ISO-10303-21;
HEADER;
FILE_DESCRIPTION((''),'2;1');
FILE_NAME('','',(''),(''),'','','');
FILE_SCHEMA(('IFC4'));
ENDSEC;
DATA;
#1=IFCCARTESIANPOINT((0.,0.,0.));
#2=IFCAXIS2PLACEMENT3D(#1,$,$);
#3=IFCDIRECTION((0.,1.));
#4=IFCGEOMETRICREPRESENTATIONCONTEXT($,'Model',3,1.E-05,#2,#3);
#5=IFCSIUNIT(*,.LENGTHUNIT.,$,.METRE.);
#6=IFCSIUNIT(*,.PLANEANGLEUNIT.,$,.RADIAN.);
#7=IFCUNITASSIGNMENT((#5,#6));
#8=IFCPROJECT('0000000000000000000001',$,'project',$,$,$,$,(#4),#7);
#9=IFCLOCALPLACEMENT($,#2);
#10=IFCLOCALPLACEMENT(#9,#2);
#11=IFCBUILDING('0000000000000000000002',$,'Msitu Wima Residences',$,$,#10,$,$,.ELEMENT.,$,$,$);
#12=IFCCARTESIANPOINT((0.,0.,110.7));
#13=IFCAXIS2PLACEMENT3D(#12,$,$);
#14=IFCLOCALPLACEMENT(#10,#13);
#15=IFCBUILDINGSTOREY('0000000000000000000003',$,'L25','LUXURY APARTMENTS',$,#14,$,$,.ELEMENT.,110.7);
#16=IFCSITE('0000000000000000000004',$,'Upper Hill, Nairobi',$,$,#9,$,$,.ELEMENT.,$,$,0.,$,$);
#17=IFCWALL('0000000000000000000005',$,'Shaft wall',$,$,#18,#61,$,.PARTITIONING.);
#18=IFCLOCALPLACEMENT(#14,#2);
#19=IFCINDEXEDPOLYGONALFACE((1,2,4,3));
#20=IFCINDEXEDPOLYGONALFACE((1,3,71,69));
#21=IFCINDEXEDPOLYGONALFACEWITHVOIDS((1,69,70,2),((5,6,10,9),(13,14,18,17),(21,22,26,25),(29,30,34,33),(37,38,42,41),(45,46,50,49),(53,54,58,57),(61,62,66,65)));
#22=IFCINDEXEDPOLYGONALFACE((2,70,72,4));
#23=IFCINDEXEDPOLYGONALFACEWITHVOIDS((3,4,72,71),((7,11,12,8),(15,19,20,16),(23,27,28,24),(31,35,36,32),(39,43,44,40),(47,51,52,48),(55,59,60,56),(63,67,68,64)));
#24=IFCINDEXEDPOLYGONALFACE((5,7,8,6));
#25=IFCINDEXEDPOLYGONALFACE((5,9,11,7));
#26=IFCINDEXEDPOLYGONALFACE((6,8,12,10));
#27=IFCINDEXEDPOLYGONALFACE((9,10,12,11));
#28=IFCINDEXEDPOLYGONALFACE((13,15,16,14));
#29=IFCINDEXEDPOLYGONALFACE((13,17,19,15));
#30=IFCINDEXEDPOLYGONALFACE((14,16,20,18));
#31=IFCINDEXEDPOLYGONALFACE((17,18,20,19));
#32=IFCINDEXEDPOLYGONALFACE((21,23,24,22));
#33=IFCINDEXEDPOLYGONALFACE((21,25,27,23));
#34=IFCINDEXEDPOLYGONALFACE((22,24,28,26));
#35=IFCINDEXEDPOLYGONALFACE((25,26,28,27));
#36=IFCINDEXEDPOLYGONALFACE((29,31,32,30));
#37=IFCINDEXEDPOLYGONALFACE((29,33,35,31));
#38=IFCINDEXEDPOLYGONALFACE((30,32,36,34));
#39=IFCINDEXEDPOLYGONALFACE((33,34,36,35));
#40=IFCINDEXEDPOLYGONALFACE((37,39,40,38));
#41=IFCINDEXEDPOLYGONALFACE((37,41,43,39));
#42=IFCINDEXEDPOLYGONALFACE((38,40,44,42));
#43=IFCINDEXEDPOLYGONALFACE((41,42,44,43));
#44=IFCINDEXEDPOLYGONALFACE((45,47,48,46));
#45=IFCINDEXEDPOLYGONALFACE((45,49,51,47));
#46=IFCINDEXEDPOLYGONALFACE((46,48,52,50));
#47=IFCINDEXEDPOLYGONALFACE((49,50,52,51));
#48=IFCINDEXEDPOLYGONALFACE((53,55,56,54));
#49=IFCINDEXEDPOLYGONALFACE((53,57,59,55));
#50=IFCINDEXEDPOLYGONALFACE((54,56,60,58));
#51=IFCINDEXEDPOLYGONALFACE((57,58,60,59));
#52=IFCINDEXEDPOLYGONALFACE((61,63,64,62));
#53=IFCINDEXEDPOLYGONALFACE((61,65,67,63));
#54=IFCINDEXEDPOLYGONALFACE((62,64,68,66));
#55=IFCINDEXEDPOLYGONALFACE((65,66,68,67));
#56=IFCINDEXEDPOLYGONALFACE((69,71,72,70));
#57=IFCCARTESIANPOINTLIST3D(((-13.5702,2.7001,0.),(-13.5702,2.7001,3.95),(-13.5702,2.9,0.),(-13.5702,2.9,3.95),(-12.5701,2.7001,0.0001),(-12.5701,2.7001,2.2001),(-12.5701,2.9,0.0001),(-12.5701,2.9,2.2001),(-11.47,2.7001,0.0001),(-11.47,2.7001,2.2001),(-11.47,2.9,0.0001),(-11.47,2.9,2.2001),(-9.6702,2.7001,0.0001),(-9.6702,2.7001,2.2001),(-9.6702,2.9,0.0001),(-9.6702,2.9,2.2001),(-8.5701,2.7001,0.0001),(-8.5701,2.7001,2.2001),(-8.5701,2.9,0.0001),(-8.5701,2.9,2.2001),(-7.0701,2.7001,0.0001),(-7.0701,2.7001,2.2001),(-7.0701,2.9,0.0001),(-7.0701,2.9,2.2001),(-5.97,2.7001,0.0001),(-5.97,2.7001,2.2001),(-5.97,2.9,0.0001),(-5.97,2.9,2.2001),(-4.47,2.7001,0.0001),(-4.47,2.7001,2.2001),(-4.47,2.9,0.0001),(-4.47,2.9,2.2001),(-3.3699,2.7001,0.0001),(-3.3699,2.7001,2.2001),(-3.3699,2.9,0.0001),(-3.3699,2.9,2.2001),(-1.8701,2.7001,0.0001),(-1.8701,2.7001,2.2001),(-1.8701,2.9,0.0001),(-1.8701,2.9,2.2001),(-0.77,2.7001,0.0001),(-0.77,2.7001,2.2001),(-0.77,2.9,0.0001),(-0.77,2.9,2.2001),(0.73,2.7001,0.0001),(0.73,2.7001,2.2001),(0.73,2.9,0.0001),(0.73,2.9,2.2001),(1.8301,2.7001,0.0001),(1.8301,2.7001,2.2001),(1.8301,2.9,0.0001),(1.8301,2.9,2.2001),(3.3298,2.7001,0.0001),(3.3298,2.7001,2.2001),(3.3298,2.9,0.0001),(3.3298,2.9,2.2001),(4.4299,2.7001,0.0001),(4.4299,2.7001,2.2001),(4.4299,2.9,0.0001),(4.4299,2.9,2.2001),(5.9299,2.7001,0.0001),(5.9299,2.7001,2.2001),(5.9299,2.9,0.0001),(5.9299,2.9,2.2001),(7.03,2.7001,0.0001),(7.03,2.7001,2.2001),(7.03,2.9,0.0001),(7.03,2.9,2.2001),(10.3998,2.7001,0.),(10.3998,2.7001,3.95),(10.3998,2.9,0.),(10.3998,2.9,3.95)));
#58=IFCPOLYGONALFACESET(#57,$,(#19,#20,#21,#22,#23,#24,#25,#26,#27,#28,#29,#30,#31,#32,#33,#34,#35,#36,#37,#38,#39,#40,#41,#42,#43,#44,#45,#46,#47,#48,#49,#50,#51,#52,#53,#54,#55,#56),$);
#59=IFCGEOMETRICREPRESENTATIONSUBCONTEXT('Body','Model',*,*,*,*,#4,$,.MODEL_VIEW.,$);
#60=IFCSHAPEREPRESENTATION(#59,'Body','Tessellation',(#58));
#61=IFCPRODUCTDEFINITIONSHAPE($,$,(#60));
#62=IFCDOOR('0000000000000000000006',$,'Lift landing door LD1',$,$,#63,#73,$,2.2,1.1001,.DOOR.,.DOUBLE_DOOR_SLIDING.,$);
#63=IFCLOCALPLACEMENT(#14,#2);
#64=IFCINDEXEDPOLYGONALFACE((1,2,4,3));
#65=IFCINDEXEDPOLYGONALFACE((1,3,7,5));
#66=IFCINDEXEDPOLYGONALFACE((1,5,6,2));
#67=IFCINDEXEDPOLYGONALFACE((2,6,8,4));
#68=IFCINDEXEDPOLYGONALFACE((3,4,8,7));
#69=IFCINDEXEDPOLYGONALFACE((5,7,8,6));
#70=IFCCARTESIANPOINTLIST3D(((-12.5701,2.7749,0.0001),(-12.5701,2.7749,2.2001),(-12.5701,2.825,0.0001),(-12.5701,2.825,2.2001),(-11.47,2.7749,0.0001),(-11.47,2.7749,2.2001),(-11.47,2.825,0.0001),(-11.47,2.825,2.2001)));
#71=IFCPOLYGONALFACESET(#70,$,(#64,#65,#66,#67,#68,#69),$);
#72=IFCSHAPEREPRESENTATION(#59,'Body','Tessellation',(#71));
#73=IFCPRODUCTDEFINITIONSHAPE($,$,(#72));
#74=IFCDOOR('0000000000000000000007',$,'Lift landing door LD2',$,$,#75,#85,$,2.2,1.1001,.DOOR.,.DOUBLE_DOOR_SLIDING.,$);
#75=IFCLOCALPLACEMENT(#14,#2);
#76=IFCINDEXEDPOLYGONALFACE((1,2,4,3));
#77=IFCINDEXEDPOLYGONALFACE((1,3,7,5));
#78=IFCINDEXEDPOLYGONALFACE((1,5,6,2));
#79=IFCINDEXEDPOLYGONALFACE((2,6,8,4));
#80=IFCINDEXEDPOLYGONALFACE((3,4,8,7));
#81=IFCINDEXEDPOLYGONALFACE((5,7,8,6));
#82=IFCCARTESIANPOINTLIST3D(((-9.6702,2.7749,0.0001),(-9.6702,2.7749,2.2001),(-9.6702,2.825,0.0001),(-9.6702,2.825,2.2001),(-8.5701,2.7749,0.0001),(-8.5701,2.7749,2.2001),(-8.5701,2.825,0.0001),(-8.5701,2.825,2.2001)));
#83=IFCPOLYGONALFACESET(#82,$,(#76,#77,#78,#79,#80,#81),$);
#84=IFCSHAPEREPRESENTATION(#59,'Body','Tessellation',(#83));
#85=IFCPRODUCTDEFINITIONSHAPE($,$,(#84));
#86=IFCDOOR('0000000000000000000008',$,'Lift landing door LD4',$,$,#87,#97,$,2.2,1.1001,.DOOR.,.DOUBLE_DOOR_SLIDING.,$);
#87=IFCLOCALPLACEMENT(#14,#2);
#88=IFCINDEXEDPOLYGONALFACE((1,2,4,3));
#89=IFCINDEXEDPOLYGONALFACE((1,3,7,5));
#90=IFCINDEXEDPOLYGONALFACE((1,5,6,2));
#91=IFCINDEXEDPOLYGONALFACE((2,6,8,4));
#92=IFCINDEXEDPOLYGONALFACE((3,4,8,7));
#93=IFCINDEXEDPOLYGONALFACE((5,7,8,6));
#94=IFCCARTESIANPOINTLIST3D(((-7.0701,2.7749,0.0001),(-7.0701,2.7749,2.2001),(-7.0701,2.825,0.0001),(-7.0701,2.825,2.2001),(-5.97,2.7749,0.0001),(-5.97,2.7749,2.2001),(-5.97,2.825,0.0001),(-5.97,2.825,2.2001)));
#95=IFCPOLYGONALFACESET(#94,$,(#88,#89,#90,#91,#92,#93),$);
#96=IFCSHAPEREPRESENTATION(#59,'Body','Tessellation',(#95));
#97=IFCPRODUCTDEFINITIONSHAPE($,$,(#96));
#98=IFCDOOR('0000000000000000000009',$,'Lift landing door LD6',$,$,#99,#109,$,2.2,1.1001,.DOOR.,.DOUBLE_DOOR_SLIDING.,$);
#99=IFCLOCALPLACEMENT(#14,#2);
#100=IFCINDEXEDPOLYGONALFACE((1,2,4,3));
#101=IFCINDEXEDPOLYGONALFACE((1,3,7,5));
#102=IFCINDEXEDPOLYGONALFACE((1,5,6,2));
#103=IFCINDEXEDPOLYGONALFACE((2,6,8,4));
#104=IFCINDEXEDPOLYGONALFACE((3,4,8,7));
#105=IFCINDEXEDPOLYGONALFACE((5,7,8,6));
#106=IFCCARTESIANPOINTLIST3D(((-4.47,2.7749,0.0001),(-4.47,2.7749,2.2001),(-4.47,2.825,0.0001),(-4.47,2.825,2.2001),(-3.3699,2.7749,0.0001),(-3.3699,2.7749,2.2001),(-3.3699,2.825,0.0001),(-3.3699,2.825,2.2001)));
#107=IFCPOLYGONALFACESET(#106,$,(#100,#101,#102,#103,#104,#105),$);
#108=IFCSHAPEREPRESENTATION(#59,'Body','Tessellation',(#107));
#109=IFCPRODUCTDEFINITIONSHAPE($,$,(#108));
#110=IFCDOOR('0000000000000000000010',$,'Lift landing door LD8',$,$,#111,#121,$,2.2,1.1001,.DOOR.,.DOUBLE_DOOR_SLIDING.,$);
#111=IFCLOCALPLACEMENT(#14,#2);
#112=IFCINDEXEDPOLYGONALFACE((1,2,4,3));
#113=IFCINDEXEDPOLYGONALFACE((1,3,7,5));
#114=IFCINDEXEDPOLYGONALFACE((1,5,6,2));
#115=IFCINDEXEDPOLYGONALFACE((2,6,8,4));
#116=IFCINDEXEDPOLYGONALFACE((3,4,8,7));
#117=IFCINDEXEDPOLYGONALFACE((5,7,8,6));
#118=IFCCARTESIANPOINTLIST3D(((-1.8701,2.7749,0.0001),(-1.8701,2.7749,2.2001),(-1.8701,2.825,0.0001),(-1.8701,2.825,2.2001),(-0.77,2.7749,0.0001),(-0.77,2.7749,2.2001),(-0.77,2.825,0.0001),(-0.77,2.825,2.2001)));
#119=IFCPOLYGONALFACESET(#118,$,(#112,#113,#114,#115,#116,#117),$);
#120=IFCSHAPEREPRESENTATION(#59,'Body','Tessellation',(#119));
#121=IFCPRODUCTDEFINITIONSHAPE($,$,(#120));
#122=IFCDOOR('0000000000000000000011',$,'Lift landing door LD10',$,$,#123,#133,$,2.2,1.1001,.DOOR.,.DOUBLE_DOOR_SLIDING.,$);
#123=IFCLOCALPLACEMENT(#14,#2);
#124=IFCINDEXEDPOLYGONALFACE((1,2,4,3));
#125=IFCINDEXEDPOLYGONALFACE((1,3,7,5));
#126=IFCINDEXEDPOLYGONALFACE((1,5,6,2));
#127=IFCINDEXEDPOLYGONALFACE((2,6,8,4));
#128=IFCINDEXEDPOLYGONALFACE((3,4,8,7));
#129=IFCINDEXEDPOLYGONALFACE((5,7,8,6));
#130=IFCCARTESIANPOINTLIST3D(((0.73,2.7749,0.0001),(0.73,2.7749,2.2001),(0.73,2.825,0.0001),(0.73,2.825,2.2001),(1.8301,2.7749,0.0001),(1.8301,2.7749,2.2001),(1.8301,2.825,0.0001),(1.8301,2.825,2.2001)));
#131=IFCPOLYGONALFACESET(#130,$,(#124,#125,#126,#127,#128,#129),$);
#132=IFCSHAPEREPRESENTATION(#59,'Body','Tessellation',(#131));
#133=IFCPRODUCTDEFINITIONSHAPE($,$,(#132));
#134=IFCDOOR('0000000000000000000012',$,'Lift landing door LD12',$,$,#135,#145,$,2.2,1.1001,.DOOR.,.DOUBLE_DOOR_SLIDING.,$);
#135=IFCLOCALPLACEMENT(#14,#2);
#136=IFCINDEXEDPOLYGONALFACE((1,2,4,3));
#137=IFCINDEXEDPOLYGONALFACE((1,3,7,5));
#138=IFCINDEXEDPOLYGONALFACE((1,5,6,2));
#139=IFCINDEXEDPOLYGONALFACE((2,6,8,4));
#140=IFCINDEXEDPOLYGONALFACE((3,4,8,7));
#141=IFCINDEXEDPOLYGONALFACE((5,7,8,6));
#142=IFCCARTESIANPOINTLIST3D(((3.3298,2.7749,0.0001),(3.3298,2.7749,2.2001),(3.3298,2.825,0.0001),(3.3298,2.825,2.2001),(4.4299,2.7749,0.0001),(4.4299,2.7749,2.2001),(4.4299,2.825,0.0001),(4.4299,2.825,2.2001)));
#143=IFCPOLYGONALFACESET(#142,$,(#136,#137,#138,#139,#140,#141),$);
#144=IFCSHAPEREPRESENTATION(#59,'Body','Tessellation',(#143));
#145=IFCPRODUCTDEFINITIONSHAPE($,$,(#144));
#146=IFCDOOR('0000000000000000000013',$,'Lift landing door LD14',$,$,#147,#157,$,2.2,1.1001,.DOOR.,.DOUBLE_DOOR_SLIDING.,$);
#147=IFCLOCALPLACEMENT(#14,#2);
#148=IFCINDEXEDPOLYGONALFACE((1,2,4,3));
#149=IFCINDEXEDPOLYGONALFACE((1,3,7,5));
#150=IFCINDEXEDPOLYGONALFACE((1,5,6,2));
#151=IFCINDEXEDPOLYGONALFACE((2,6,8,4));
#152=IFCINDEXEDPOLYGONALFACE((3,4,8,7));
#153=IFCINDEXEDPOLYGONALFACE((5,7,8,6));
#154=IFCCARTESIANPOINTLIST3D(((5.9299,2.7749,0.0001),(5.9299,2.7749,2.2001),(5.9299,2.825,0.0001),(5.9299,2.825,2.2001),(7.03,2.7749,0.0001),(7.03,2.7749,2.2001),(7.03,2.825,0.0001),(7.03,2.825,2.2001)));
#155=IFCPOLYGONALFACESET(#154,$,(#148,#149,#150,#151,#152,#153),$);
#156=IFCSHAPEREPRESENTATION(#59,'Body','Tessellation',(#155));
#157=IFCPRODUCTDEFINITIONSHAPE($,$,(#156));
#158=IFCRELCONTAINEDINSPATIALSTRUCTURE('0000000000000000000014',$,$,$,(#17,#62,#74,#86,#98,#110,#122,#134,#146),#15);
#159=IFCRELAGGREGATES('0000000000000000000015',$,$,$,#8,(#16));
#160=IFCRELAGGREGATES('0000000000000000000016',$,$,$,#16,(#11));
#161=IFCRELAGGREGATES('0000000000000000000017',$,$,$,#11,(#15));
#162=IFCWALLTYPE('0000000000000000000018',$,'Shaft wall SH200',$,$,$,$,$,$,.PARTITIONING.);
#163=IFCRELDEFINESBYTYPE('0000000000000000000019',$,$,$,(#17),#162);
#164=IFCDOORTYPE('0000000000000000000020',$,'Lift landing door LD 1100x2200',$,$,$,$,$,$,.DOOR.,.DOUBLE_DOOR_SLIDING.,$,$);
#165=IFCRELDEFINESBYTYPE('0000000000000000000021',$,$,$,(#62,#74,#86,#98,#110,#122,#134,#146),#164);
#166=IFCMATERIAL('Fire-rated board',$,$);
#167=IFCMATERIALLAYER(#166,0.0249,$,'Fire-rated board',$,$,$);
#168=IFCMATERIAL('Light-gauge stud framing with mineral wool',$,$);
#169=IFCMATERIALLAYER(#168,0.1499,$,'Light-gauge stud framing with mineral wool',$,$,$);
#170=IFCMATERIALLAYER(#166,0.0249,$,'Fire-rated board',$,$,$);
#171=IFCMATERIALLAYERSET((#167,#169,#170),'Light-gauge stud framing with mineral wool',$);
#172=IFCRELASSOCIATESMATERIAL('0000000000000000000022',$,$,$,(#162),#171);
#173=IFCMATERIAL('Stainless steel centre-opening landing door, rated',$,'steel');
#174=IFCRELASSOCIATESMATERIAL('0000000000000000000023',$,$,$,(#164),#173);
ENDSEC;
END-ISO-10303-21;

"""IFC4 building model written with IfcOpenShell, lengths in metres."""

from ifc_helpers import new_model, si_unit, direction, frame, frame_2d, origin, place, context, subcontext, project, spatial, rectangle, extrude, material, layer, layer_set, type_object, element, fill, save


model = new_model("IFC4")

# Units and contexts
model_context = context("Model", 3, precision=1e-05, world=origin(), true_north=direction((0.0, 1.0)))
body_context = subcontext(model_context, "Body", "Model", "MODEL_VIEW")
ifc_project = project(units=[si_unit("LENGTHUNIT", "METRE"), si_unit("PLANEANGLEUNIT", "RADIAN")], contexts=[model_context])

# Site, building, storey
site_placement = place(None, origin())
site = spatial("IfcSite", under=ifc_project, at=site_placement, Name="Upper Hill, Nairobi", CompositionType="ELEMENT", RefElevation=0.0)
building_placement = place(site_placement, origin())
building = spatial("IfcBuilding", under=site, at=building_placement, Name="Msitu Wima Residences", CompositionType="ELEMENT")
storey_placement = place(building_placement, frame((0.0, 0.0, 110.7)))
storey = spatial("IfcBuildingStorey", under=building, at=storey_placement, Name="L25", Description="LUXURY APARTMENTS", CompositionType="ELEMENT", Elevation=110.7)

# Wall, openings, doors
ifc_material_1 = material(Name="Fire-rated board")
ifc_layer_1 = layer(ifc_material_1, 0.0249, Name="Fire-rated board")
ifc_material_2 = material(Name="Light-gauge stud framing with mineral wool")
ifc_layer_2 = layer(ifc_material_2, 0.1499, Name="Light-gauge stud framing with mineral wool")
ifc_layer_3 = layer(ifc_material_1, 0.0249, Name="Fire-rated board")
ifc_layer_set_1 = layer_set([ifc_layer_1, ifc_layer_2, ifc_layer_3], Name="Light-gauge stud framing with mineral wool")
wall_type_1 = type_object("IfcWallType", Name="Shaft wall SH200", PredefinedType="PARTITIONING", material=ifc_layer_set_1)
wall_1_placement = place(storey_placement, frame((-13.5701, 2.8, 0.0), z_axis=(0.0, 0.0, 1.0), x_axis=(1.0, 0.0, 0.0)))
wall_1 = element("IfcWall", 1, at=wall_1_placement, inside=storey, type_object=wall_type_1, Name="Shaft wall", PredefinedType="PARTITIONING", context=body_context, shape_type="SweptSolid", body=[
    extrude(rectangle(XDim=23.97, YDim=0.2, at=frame_2d((11.9849, 0.0))), origin(), (0.0, 0.0, 1.0), 3.95),
])
opening_1_placement = place(wall_1_placement, frame((1.0, 0.0, 0.0)))
opening_1 = element("IfcOpeningElement", 2, at=opening_1_placement, cuts=wall_1, PredefinedType="OPENING", context=body_context, shape_type="SweptSolid", body=[
    extrude(rectangle(XDim=1.1001, YDim=2.2, at=frame_2d((0.55, 1.1001))), frame((0.0, 0.1099, 0.0), z_axis=(0.0, -1.0, 0.0), x_axis=(1.0, 0.0, 0.0)), (0.0, 0.0, 1.0), 0.22),
])
opening_2_placement = place(wall_1_placement, frame((3.8999, 0.0, 0.0)))
opening_2 = element("IfcOpeningElement", 3, at=opening_2_placement, cuts=wall_1, PredefinedType="OPENING", context=body_context, shape_type="SweptSolid", body=[
    extrude(rectangle(XDim=1.1001, YDim=2.2, at=frame_2d((0.55, 1.1001))), frame((0.0, 0.1099, 0.0), z_axis=(0.0, -1.0, 0.0), x_axis=(1.0, 0.0, 0.0)), (0.0, 0.0, 1.0), 0.22),
])
opening_3_placement = place(wall_1_placement, frame((6.5, 0.0, 0.0)))
opening_3 = element("IfcOpeningElement", 4, at=opening_3_placement, cuts=wall_1, PredefinedType="OPENING", context=body_context, shape_type="SweptSolid", body=[
    extrude(rectangle(XDim=1.1001, YDim=2.2, at=frame_2d((0.55, 1.1001))), frame((0.0, 0.1099, 0.0), z_axis=(0.0, -1.0, 0.0), x_axis=(1.0, 0.0, 0.0)), (0.0, 0.0, 1.0), 0.22),
])
opening_4_placement = place(wall_1_placement, frame((9.1001, 0.0, 0.0)))
opening_4 = element("IfcOpeningElement", 5, at=opening_4_placement, cuts=wall_1, PredefinedType="OPENING", context=body_context, shape_type="SweptSolid", body=[
    extrude(rectangle(XDim=1.1001, YDim=2.2, at=frame_2d((0.55, 1.1001))), frame((0.0, 0.1099, 0.0), z_axis=(0.0, -1.0, 0.0), x_axis=(1.0, 0.0, 0.0)), (0.0, 0.0, 1.0), 0.22),
])
opening_5_placement = place(wall_1_placement, frame((11.7, 0.0, 0.0)))
opening_5 = element("IfcOpeningElement", 6, at=opening_5_placement, cuts=wall_1, PredefinedType="OPENING", context=body_context, shape_type="SweptSolid", body=[
    extrude(rectangle(XDim=1.1001, YDim=2.2, at=frame_2d((0.55, 1.1001))), frame((0.0, 0.1099, 0.0), z_axis=(0.0, -1.0, 0.0), x_axis=(1.0, 0.0, 0.0)), (0.0, 0.0, 1.0), 0.22),
])
opening_6_placement = place(wall_1_placement, frame((14.3, 0.0, 0.0)))
opening_6 = element("IfcOpeningElement", 7, at=opening_6_placement, cuts=wall_1, PredefinedType="OPENING", context=body_context, shape_type="SweptSolid", body=[
    extrude(rectangle(XDim=1.1001, YDim=2.2, at=frame_2d((0.55, 1.1001))), frame((0.0, 0.1099, 0.0), z_axis=(0.0, -1.0, 0.0), x_axis=(1.0, 0.0, 0.0)), (0.0, 0.0, 1.0), 0.22),
])
opening_7_placement = place(wall_1_placement, frame((16.8999, 0.0, 0.0)))
opening_7 = element("IfcOpeningElement", 8, at=opening_7_placement, cuts=wall_1, PredefinedType="OPENING", context=body_context, shape_type="SweptSolid", body=[
    extrude(rectangle(XDim=1.1001, YDim=2.2, at=frame_2d((0.55, 1.1001))), frame((0.0, 0.1099, 0.0), z_axis=(0.0, -1.0, 0.0), x_axis=(1.0, 0.0, 0.0)), (0.0, 0.0, 1.0), 0.22),
])
opening_8_placement = place(wall_1_placement, frame((19.5, 0.0, 0.0)))
opening_8 = element("IfcOpeningElement", 9, at=opening_8_placement, cuts=wall_1, PredefinedType="OPENING", context=body_context, shape_type="SweptSolid", body=[
    extrude(rectangle(XDim=1.1001, YDim=2.2, at=frame_2d((0.55, 1.1001))), frame((0.0, 0.1099, 0.0), z_axis=(0.0, -1.0, 0.0), x_axis=(1.0, 0.0, 0.0)), (0.0, 0.0, 1.0), 0.22),
])
ifc_material_3 = material(Name="Stainless steel centre-opening landing door, rated", Category="steel")
door_type_1 = type_object("IfcDoorType", Name="Lift landing door LD 1100x2200", OperationType="DOUBLE_DOOR_SLIDING", PredefinedType="DOOR", material=ifc_material_3)
door_1_placement = place(opening_1_placement, origin())
door_1 = element("IfcDoor", 10, at=door_1_placement, inside=storey, type_object=door_type_1, Name="Lift landing door LD1", OperationType="DOUBLE_DOOR_SLIDING", OverallHeight=2.2, OverallWidth=1.1001, PredefinedType="DOOR", context=body_context, shape_type="SweptSolid", body=[
    extrude(rectangle(XDim=1.1001, YDim=2.2, at=frame_2d((0.55, 1.1001))), frame((0.0, 0.0249, 0.0), z_axis=(0.0, -1.0, 0.0), x_axis=(1.0, 0.0, 0.0)), (0.0, 0.0, 1.0), 0.05),
])
fill(opening_1, door_1)
door_2_placement = place(opening_2_placement, origin())
door_2 = element("IfcDoor", 11, at=door_2_placement, inside=storey, type_object=door_type_1, Name="Lift landing door LD2", OperationType="DOUBLE_DOOR_SLIDING", OverallHeight=2.2, OverallWidth=1.1001, PredefinedType="DOOR", context=body_context, shape_type="SweptSolid", body=[
    extrude(rectangle(XDim=1.1001, YDim=2.2, at=frame_2d((0.55, 1.1001))), frame((0.0, 0.0249, 0.0), z_axis=(0.0, -1.0, 0.0), x_axis=(1.0, 0.0, 0.0)), (0.0, 0.0, 1.0), 0.05),
])
fill(opening_2, door_2)
door_3_placement = place(opening_3_placement, origin())
door_3 = element("IfcDoor", 12, at=door_3_placement, inside=storey, type_object=door_type_1, Name="Lift landing door LD4", OperationType="DOUBLE_DOOR_SLIDING", OverallHeight=2.2, OverallWidth=1.1001, PredefinedType="DOOR", context=body_context, shape_type="SweptSolid", body=[
    extrude(rectangle(XDim=1.1001, YDim=2.2, at=frame_2d((0.55, 1.1001))), frame((0.0, 0.0249, 0.0), z_axis=(0.0, -1.0, 0.0), x_axis=(1.0, 0.0, 0.0)), (0.0, 0.0, 1.0), 0.05),
])
fill(opening_3, door_3)
door_4_placement = place(opening_4_placement, origin())
door_4 = element("IfcDoor", 13, at=door_4_placement, inside=storey, type_object=door_type_1, Name="Lift landing door LD6", OperationType="DOUBLE_DOOR_SLIDING", OverallHeight=2.2, OverallWidth=1.1001, PredefinedType="DOOR", context=body_context, shape_type="SweptSolid", body=[
    extrude(rectangle(XDim=1.1001, YDim=2.2, at=frame_2d((0.55, 1.1001))), frame((0.0, 0.0249, 0.0), z_axis=(0.0, -1.0, 0.0), x_axis=(1.0, 0.0, 0.0)), (0.0, 0.0, 1.0), 0.05),
])
fill(opening_4, door_4)
door_5_placement = place(opening_5_placement, origin())
door_5 = element("IfcDoor", 14, at=door_5_placement, inside=storey, type_object=door_type_1, Name="Lift landing door LD8", OperationType="DOUBLE_DOOR_SLIDING", OverallHeight=2.2, OverallWidth=1.1001, PredefinedType="DOOR", context=body_context, shape_type="SweptSolid", body=[
    extrude(rectangle(XDim=1.1001, YDim=2.2, at=frame_2d((0.55, 1.1001))), frame((0.0, 0.0249, 0.0), z_axis=(0.0, -1.0, 0.0), x_axis=(1.0, 0.0, 0.0)), (0.0, 0.0, 1.0), 0.05),
])
fill(opening_5, door_5)
door_6_placement = place(opening_6_placement, origin())
door_6 = element("IfcDoor", 15, at=door_6_placement, inside=storey, type_object=door_type_1, Name="Lift landing door LD10", OperationType="DOUBLE_DOOR_SLIDING", OverallHeight=2.2, OverallWidth=1.1001, PredefinedType="DOOR", context=body_context, shape_type="SweptSolid", body=[
    extrude(rectangle(XDim=1.1001, YDim=2.2, at=frame_2d((0.55, 1.1001))), frame((0.0, 0.0249, 0.0), z_axis=(0.0, -1.0, 0.0), x_axis=(1.0, 0.0, 0.0)), (0.0, 0.0, 1.0), 0.05),
])
fill(opening_6, door_6)
door_7_placement = place(opening_7_placement, origin())
door_7 = element("IfcDoor", 16, at=door_7_placement, inside=storey, type_object=door_type_1, Name="Lift landing door LD12", OperationType="DOUBLE_DOOR_SLIDING", OverallHeight=2.2, OverallWidth=1.1001, PredefinedType="DOOR", context=body_context, shape_type="SweptSolid", body=[
    extrude(rectangle(XDim=1.1001, YDim=2.2, at=frame_2d((0.55, 1.1001))), frame((0.0, 0.0249, 0.0), z_axis=(0.0, -1.0, 0.0), x_axis=(1.0, 0.0, 0.0)), (0.0, 0.0, 1.0), 0.05),
])
fill(opening_7, door_7)
door_8_placement = place(opening_8_placement, origin())
door_8 = element("IfcDoor", 17, at=door_8_placement, inside=storey, type_object=door_type_1, Name="Lift landing door LD14", OperationType="DOUBLE_DOOR_SLIDING", OverallHeight=2.2, OverallWidth=1.1001, PredefinedType="DOOR", context=body_context, shape_type="SweptSolid", body=[
    extrude(rectangle(XDim=1.1001, YDim=2.2, at=frame_2d((0.55, 1.1001))), frame((0.0, 0.0249, 0.0), z_axis=(0.0, -1.0, 0.0), x_axis=(1.0, 0.0, 0.0)), (0.0, 0.0, 1.0), 0.05),
])
fill(opening_8, door_8)

save(model, "model.ifc")
